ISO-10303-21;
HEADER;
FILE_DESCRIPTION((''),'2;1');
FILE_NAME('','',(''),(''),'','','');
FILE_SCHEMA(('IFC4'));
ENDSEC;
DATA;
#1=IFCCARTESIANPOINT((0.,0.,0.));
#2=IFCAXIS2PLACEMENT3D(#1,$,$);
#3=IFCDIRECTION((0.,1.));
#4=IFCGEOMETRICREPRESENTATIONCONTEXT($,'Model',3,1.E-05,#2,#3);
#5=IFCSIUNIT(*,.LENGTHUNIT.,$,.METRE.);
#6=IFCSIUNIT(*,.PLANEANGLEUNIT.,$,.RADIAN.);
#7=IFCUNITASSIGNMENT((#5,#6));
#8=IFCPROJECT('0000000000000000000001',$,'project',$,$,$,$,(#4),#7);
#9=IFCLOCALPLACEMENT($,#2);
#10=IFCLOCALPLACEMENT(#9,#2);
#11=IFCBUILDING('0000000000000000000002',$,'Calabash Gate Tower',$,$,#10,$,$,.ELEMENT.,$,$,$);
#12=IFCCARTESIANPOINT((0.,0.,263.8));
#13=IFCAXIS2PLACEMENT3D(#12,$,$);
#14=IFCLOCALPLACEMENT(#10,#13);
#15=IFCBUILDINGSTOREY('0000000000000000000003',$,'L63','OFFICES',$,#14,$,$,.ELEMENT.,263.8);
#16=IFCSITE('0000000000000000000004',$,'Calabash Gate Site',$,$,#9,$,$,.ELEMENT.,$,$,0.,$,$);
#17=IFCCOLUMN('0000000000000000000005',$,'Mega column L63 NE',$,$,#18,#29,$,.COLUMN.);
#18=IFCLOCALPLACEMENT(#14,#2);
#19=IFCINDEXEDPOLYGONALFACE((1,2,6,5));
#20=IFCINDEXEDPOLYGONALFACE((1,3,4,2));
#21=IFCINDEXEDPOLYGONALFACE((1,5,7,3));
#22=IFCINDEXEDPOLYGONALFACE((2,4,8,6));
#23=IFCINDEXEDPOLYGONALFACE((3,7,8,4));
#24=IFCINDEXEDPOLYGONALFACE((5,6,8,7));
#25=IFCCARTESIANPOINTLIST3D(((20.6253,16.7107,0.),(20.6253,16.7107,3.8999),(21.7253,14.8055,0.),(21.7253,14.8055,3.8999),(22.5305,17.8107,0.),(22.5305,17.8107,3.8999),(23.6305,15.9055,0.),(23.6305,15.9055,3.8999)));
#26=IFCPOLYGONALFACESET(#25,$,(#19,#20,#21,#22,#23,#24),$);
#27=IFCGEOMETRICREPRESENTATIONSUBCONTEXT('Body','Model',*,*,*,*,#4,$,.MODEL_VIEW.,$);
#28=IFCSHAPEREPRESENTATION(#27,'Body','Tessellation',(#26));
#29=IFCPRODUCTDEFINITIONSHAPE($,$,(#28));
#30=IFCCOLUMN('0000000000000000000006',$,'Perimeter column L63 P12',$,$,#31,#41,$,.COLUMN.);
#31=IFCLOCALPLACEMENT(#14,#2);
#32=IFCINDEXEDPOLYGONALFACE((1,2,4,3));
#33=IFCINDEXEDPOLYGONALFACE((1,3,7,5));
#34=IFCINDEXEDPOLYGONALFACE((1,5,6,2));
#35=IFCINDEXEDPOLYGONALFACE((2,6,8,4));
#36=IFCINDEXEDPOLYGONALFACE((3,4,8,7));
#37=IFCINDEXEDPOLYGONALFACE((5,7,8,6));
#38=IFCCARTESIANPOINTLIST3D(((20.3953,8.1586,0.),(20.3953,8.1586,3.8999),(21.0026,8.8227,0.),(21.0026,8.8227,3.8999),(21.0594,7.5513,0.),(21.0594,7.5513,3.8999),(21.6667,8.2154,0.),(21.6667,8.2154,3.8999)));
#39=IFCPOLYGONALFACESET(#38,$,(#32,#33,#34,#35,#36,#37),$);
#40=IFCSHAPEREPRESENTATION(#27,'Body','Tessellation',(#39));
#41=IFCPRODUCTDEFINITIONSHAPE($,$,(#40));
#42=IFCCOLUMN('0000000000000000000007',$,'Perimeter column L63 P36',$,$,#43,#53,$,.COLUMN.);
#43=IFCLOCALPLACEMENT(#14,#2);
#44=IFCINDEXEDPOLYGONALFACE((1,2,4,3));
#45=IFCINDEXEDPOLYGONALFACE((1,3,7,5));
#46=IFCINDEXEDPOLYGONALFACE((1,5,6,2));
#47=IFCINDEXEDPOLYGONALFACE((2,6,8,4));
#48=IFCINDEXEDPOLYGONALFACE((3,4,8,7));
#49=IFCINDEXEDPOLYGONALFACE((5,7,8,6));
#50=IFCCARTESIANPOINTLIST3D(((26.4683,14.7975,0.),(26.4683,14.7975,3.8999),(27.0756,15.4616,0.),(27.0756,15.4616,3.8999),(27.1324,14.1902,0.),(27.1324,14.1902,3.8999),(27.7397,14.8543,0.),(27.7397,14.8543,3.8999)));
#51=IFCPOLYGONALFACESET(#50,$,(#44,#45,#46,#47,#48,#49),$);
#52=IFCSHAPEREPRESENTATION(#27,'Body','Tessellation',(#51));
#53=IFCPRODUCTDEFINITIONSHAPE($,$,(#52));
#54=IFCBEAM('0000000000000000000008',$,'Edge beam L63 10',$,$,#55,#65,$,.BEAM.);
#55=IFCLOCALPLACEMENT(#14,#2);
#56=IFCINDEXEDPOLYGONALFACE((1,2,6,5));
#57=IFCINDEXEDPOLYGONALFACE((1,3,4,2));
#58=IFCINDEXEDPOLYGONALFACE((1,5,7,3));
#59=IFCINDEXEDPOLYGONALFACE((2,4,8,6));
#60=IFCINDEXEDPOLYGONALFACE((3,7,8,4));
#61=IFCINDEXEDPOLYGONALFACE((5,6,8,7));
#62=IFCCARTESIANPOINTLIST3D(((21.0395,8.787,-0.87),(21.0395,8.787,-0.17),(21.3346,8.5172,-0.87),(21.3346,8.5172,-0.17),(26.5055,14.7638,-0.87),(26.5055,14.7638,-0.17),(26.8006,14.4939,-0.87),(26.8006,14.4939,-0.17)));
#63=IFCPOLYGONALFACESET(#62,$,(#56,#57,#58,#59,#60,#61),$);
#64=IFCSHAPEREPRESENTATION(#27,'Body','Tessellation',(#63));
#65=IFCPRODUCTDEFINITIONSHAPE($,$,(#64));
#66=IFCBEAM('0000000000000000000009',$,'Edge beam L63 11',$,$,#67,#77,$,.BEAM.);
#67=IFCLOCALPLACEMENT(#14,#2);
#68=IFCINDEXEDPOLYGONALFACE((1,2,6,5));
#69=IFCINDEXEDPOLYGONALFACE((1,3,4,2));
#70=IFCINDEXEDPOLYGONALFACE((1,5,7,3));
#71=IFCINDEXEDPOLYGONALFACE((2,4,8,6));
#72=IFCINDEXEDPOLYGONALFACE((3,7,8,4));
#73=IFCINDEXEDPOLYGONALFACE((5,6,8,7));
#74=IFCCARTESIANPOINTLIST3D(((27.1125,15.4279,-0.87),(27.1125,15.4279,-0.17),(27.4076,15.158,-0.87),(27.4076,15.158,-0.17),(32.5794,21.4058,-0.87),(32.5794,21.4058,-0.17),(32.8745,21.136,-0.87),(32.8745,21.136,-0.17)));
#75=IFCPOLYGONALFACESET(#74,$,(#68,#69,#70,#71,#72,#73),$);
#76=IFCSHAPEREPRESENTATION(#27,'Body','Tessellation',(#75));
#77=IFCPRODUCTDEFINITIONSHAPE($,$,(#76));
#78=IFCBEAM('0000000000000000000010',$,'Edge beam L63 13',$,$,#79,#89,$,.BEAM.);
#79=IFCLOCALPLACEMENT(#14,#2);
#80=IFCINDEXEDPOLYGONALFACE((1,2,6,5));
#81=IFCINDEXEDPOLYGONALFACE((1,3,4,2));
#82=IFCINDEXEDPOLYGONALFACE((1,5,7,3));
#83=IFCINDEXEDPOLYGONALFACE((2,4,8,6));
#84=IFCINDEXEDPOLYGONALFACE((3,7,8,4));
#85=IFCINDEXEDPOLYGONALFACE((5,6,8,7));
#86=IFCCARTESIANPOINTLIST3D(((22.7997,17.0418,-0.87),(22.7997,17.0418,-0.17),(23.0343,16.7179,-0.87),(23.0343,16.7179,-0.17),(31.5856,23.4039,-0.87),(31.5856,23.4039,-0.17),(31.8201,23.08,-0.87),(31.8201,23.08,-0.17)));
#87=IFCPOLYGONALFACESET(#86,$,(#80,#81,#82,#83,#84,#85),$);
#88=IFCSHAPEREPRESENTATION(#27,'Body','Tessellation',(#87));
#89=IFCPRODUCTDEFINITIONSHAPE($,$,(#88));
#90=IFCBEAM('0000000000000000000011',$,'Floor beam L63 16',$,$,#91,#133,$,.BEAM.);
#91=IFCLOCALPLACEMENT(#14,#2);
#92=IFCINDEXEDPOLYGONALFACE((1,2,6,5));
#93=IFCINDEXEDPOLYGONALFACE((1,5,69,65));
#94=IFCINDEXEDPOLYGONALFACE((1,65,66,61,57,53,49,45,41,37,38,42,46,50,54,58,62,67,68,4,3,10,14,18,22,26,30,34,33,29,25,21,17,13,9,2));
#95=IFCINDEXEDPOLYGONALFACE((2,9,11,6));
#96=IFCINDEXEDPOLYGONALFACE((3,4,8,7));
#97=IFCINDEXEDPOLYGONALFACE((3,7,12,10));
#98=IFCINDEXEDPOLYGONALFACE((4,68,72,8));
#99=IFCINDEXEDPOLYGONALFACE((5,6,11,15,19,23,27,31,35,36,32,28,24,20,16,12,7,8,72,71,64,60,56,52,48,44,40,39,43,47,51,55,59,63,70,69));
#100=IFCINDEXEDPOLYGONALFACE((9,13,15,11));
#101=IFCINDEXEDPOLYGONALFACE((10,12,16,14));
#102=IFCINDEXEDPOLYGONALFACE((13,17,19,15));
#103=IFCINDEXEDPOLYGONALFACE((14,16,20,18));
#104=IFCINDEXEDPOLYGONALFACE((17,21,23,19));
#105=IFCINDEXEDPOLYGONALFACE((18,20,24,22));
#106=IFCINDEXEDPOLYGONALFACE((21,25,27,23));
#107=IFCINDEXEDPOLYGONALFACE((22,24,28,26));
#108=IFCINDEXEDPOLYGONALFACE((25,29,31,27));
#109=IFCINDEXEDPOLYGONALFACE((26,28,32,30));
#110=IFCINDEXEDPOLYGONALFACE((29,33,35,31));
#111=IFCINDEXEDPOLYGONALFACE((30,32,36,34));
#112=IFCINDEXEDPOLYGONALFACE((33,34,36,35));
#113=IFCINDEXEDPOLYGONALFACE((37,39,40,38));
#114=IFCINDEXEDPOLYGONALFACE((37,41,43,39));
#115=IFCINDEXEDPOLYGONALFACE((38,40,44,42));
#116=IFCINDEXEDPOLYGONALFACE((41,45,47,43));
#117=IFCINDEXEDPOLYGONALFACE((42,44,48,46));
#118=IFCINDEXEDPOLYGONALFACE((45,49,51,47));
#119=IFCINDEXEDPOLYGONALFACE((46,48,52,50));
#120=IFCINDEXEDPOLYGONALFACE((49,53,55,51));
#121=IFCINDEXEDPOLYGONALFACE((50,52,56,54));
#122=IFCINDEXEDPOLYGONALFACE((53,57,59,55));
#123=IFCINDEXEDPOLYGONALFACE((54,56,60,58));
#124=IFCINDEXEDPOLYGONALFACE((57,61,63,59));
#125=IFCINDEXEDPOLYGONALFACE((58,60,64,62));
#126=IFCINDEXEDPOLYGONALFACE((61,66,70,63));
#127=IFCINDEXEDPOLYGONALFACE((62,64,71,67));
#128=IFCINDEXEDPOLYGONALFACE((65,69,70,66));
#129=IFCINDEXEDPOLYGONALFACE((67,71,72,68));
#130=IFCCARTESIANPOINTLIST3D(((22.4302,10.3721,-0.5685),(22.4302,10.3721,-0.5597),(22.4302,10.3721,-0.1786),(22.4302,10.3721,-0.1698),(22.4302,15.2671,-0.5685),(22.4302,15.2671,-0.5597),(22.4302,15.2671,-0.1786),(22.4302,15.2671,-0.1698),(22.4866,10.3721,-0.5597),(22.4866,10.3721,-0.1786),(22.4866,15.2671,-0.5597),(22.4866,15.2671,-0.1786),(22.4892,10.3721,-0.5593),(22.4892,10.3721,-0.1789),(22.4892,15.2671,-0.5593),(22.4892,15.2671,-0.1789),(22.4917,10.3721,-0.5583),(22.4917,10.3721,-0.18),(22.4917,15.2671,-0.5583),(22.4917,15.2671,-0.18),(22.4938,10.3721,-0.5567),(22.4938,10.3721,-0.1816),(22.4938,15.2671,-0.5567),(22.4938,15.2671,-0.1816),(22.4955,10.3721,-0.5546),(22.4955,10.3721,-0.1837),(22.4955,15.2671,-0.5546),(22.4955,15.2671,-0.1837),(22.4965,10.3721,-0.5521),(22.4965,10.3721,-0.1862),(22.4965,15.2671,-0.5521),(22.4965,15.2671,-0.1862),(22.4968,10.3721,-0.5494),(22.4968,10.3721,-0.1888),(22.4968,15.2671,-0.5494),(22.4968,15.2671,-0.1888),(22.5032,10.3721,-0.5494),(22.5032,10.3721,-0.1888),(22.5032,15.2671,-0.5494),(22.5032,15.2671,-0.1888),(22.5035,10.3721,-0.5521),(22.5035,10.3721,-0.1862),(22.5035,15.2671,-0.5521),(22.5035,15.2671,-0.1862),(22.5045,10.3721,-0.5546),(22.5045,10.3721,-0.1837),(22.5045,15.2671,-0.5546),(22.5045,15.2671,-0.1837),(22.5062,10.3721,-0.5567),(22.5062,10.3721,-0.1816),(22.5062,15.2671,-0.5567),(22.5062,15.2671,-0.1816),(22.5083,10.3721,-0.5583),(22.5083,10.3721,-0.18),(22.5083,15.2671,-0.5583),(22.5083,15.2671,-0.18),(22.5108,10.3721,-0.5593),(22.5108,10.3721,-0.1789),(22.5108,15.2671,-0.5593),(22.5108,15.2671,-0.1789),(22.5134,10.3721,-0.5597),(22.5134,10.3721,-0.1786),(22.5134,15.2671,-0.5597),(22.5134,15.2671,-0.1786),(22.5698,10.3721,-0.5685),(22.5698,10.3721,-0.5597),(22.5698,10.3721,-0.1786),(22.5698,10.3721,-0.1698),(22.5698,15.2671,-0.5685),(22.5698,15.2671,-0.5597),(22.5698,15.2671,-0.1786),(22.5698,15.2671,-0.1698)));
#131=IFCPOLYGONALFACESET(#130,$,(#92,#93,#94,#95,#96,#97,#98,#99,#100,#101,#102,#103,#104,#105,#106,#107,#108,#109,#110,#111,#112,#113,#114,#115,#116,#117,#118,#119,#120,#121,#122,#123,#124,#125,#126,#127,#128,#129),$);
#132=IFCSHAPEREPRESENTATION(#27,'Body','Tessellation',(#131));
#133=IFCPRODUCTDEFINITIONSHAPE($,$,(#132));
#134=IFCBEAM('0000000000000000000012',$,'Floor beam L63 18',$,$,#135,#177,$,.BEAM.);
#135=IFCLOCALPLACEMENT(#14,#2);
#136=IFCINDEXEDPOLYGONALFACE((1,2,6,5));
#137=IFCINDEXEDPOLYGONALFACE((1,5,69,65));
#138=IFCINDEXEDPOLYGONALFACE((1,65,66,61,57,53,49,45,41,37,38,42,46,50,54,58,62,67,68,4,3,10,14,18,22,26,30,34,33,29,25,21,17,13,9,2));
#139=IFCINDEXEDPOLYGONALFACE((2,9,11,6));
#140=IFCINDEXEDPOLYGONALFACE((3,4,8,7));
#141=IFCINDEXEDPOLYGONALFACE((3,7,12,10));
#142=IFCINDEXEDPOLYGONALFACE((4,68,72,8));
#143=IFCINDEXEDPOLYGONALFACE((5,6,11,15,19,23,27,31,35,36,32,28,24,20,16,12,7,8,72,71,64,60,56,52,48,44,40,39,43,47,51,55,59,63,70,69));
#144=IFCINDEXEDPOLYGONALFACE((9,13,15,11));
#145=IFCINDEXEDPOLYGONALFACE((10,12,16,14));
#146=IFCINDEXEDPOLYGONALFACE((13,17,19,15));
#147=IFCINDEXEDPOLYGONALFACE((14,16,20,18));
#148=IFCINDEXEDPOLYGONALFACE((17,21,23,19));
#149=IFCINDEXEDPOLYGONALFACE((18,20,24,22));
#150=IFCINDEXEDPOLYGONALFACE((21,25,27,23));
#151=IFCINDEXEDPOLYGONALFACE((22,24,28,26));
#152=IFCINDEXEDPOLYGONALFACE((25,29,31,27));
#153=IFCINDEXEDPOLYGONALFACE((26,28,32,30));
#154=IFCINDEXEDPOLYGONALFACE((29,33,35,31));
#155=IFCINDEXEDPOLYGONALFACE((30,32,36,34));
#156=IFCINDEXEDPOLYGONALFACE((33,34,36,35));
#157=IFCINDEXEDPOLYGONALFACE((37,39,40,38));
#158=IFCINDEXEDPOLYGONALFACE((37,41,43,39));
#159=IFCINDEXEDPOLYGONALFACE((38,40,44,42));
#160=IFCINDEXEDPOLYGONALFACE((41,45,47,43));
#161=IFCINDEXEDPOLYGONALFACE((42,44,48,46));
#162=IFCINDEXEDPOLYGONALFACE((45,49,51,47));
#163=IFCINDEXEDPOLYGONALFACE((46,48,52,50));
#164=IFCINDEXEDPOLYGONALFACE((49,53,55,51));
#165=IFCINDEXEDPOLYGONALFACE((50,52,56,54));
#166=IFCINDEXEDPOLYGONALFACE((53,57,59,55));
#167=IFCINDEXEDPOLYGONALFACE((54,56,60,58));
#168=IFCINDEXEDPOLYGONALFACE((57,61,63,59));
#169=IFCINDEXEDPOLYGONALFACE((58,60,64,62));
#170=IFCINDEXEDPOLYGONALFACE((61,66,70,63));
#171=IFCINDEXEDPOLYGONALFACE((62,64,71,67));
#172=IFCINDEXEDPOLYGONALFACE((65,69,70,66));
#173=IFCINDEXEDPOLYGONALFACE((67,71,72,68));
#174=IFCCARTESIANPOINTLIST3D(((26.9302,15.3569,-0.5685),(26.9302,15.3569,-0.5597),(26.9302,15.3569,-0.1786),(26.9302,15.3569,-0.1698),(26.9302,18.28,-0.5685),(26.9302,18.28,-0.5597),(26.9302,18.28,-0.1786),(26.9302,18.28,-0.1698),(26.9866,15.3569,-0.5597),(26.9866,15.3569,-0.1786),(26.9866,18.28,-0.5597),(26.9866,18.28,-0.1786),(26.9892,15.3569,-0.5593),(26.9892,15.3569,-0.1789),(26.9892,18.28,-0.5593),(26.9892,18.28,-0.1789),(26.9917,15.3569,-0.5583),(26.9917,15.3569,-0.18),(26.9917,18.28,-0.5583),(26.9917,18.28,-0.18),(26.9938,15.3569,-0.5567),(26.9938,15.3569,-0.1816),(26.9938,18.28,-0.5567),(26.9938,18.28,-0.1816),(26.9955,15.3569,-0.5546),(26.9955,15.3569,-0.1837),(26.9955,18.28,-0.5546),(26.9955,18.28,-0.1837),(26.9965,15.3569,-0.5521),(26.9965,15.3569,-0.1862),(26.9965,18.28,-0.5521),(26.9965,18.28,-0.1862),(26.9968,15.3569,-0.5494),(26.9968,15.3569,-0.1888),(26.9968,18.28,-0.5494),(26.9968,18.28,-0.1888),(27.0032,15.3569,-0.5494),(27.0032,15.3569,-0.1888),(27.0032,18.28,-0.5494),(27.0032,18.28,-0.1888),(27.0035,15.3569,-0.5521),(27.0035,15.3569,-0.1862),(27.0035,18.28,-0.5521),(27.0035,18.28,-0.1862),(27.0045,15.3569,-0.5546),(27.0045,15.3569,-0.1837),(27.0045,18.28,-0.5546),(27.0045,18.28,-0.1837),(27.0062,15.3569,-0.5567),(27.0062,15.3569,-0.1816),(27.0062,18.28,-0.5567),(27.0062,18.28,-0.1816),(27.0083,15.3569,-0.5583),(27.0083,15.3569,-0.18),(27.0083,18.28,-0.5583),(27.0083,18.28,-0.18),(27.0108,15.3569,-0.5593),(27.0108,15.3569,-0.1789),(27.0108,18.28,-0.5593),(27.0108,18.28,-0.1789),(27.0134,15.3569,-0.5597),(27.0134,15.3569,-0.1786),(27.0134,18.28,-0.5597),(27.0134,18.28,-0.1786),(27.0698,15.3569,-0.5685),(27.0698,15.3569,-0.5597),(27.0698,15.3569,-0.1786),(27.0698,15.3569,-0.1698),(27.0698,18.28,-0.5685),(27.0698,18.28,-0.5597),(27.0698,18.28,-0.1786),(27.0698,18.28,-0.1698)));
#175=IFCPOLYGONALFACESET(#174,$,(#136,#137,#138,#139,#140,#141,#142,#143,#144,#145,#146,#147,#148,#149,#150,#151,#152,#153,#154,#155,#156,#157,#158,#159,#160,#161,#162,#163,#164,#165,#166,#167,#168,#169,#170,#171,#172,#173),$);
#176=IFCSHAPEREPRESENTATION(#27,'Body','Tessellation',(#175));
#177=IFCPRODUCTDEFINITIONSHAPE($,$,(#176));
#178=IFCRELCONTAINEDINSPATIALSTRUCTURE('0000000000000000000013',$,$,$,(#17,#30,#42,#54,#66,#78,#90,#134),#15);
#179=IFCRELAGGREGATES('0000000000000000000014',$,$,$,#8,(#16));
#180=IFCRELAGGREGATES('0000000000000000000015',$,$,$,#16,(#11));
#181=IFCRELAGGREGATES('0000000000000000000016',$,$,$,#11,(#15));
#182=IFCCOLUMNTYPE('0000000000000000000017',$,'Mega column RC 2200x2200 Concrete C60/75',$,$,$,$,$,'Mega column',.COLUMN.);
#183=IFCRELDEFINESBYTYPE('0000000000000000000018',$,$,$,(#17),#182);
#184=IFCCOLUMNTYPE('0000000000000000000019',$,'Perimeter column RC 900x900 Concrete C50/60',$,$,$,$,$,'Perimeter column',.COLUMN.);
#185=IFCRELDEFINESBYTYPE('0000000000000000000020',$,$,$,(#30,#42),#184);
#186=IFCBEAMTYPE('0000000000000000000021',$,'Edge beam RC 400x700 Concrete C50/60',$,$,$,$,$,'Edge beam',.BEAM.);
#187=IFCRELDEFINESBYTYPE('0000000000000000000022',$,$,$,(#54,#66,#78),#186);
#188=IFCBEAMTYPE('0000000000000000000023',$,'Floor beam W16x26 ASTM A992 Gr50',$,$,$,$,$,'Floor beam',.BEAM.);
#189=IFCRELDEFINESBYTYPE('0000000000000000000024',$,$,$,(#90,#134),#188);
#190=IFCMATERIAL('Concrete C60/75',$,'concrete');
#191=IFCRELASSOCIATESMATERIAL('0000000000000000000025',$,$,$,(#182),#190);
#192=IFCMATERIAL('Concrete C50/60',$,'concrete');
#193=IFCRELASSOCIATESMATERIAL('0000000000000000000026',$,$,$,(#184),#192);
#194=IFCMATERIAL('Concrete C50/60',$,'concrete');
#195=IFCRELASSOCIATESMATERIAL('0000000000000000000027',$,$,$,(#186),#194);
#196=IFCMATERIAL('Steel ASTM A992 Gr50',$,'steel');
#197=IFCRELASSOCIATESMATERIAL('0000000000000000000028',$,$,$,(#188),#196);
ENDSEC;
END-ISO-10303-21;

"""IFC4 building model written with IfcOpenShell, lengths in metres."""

from ifc_helpers import new_model, si_unit, direction, frame, origin, origin_2d, place, context, subcontext, project, spatial, rectangle, i_section, extrude, material, material_profile, profile_set, type_object, element, save


model = new_model("IFC4")

# Units and contexts
model_context = context("Model", 3, precision=1e-05, world=origin(), true_north=direction((0.0, 1.0)))
body_context = subcontext(model_context, "Body", "Model", "MODEL_VIEW")
ifc_project = project(units=[si_unit("LENGTHUNIT", "METRE"), si_unit("PLANEANGLEUNIT", "RADIAN")], contexts=[model_context])

# Site, building, storey
site_placement = place(None, origin())
site = spatial("IfcSite", under=ifc_project, at=site_placement, Name="Calabash Gate Site", CompositionType="ELEMENT", RefElevation=0.0)
building_placement = place(site_placement, origin())
building = spatial("IfcBuilding", under=site, at=building_placement, Name="Calabash Gate Tower", CompositionType="ELEMENT")
storey_placement = place(building_placement, frame((0.0, 0.0, 263.8)))
storey = spatial("IfcBuildingStorey", under=building, at=storey_placement, Name="L63", Description="OFFICES", CompositionType="ELEMENT", Elevation=263.8)

# Columns
ifc_material_1 = material(Name="Concrete C60/75", Category="concrete")
ifc_material_profile_1 = material_profile(ifc_material_1, rectangle(XDim=2.2, YDim=2.2, at=origin_2d()))
ifc_profile_set_1 = profile_set([ifc_material_profile_1], Name="Concrete C60/75")
column_type_1 = type_object("IfcColumnType", Name="Mega column RC 2200x2200 Concrete C60/75", ElementType="Mega column", PredefinedType="COLUMN", material=ifc_profile_set_1)
column_placement = place(storey_placement, frame((22.1279, 16.3081, 0.0), z_axis=(0.0, 0.0, 1.0), x_axis=(-0.866025, -0.5, 0.0)))
element("IfcColumn", 1, at=column_placement, inside=storey, type_object=column_type_1, Name="Mega column L63 NE", PredefinedType="COLUMN", context=body_context, shape_type="SweptSolid", body=[
    extrude(rectangle(XDim=2.2, YDim=2.2, at=origin_2d()), origin(), (0.0, 0.0, 1.0), 3.8999),
])
ifc_material_2 = material(Name="Concrete C50/60", Category="concrete")
ifc_material_profile_2 = material_profile(ifc_material_2, rectangle(XDim=0.8999, YDim=0.8999, at=origin_2d()))
ifc_profile_set_2 = profile_set([ifc_material_profile_2], Name="Concrete C50/60")
column_type_2 = type_object("IfcColumnType", Name="Perimeter column RC 900x900 Concrete C50/60", ElementType="Perimeter column", PredefinedType="COLUMN", material=ifc_profile_set_2)
for number, where, z_axis, x_axis, name in (
    (2, (21.031, 8.187, 0.0), (0.0, 0.0, 1.0), (0.674856, 0.737949, 0.0), "Perimeter column L63 P12"),
    (3, (27.104, 14.8259, 0.0), (0.0, 0.0, 1.0), (0.674856, 0.737949, 0.0), "Perimeter column L63 P36"),
):
    element("IfcColumn", number, at=place(storey_placement, frame(where, z_axis=z_axis, x_axis=x_axis)), inside=storey, type_object=column_type_2, Name=name, PredefinedType="COLUMN", context=body_context, shape_type="SweptSolid", body=[
        extrude(rectangle(XDim=0.8999, YDim=0.8999, at=origin_2d()), origin(), (0.0, 0.0, 1.0), 3.8999),
    ])

# Beams
ifc_material_3 = material(Name="Concrete C50/60", Category="concrete")
ifc_material_profile_3 = material_profile(ifc_material_3, rectangle(XDim=0.3999, YDim=0.7, at=origin_2d()))
ifc_profile_set_3 = profile_set([ifc_material_profile_3], Name="Concrete C50/60")
beam_type_1 = type_object("IfcBeamType", Name="Edge beam RC 400x700 Concrete C50/60", ElementType="Edge beam", PredefinedType="BEAM", material=ifc_profile_set_3)
beam_1_placement = place(storey_placement, frame((21.187, 8.6521, -0.52), z_axis=(0.674874, 0.737933, 0.0), x_axis=(-0.737933, 0.674874, 0.0)))
element("IfcBeam", 4, at=beam_1_placement, inside=storey, type_object=beam_type_1, Name="Edge beam L63 10", PredefinedType="BEAM", context=body_context, shape_type="SweptSolid", body=[
    extrude(rectangle(XDim=0.3999, YDim=0.7, at=origin_2d()), origin(), (0.0, 0.0, 1.0), 8.0994),
])
beam_2_placement = place(storey_placement, frame((27.26, 15.293, -0.52), z_axis=(0.674864, 0.737942, 0.0), x_axis=(-0.737942, 0.674864, 0.0)))
element("IfcBeam", 5, at=beam_2_placement, inside=storey, type_object=beam_type_1, Name="Edge beam L63 11", PredefinedType="BEAM", context=body_context, shape_type="SweptSolid", body=[
    extrude(rectangle(XDim=0.3999, YDim=0.7, at=origin_2d()), origin(), (0.0, 0.0, 1.0), 8.1008),
])
beam_3_placement = place(storey_placement, frame((22.917, 16.8799, -0.52), z_axis=(0.809948, 0.586502, 0.0), x_axis=(-0.586502, 0.809948, 0.0)))
element("IfcBeam", 6, at=beam_3_placement, inside=storey, type_object=beam_type_1, Name="Edge beam L63 13", PredefinedType="BEAM", context=body_context, shape_type="SweptSolid", body=[
    extrude(rectangle(XDim=0.3999, YDim=0.7, at=origin_2d()), origin(), (0.0, 0.0, 1.0), 10.8474),
])
ifc_material_4 = material(Name="Steel ASTM A992 Gr50", Category="steel")
ifc_material_profile_4 = material_profile(ifc_material_4, i_section(OverallWidth=0.1396, OverallDepth=0.3987, WebThickness=0.0063, FlangeThickness=0.0088, FilletRadius=0.0103, at=origin_2d()))
ifc_profile_set_4 = profile_set([ifc_material_profile_4], Name="Steel ASTM A992 Gr50")
beam_type_2 = type_object("IfcBeamType", Name="Floor beam W16x26 ASTM A992 Gr50", ElementType="Floor beam", PredefinedType="BEAM", material=ifc_profile_set_4)
beam_4_placement = place(storey_placement, frame((22.5, 10.3721, -0.3691), z_axis=(0.0, 1.0, 0.0), x_axis=(-1.0, 0.0, 0.0)))
element("IfcBeam", 7, at=beam_4_placement, inside=storey, type_object=beam_type_2, Name="Floor beam L63 16", PredefinedType="BEAM", context=body_context, shape_type="SweptSolid", body=[
    extrude(i_section(OverallWidth=0.1396, OverallDepth=0.3987, WebThickness=0.0063, FlangeThickness=0.0088, FilletRadius=0.0103, at=origin_2d()), origin(), (0.0, 0.0, 1.0), 4.895),
])
beam_5_placement = place(storey_placement, frame((27.0, 15.3569, -0.3691), z_axis=(0.0, 1.0, 0.0), x_axis=(-1.0, 0.0, 0.0)))
element("IfcBeam", 8, at=beam_5_placement, inside=storey, type_object=beam_type_2, Name="Floor beam L63 18", PredefinedType="BEAM", context=body_context, shape_type="SweptSolid", body=[
    extrude(i_section(OverallWidth=0.1396, OverallDepth=0.3987, WebThickness=0.0063, FlangeThickness=0.0088, FilletRadius=0.0103, at=origin_2d()), origin(), (0.0, 0.0, 1.0), 2.9231),
])

save(model, "model.ifc")
